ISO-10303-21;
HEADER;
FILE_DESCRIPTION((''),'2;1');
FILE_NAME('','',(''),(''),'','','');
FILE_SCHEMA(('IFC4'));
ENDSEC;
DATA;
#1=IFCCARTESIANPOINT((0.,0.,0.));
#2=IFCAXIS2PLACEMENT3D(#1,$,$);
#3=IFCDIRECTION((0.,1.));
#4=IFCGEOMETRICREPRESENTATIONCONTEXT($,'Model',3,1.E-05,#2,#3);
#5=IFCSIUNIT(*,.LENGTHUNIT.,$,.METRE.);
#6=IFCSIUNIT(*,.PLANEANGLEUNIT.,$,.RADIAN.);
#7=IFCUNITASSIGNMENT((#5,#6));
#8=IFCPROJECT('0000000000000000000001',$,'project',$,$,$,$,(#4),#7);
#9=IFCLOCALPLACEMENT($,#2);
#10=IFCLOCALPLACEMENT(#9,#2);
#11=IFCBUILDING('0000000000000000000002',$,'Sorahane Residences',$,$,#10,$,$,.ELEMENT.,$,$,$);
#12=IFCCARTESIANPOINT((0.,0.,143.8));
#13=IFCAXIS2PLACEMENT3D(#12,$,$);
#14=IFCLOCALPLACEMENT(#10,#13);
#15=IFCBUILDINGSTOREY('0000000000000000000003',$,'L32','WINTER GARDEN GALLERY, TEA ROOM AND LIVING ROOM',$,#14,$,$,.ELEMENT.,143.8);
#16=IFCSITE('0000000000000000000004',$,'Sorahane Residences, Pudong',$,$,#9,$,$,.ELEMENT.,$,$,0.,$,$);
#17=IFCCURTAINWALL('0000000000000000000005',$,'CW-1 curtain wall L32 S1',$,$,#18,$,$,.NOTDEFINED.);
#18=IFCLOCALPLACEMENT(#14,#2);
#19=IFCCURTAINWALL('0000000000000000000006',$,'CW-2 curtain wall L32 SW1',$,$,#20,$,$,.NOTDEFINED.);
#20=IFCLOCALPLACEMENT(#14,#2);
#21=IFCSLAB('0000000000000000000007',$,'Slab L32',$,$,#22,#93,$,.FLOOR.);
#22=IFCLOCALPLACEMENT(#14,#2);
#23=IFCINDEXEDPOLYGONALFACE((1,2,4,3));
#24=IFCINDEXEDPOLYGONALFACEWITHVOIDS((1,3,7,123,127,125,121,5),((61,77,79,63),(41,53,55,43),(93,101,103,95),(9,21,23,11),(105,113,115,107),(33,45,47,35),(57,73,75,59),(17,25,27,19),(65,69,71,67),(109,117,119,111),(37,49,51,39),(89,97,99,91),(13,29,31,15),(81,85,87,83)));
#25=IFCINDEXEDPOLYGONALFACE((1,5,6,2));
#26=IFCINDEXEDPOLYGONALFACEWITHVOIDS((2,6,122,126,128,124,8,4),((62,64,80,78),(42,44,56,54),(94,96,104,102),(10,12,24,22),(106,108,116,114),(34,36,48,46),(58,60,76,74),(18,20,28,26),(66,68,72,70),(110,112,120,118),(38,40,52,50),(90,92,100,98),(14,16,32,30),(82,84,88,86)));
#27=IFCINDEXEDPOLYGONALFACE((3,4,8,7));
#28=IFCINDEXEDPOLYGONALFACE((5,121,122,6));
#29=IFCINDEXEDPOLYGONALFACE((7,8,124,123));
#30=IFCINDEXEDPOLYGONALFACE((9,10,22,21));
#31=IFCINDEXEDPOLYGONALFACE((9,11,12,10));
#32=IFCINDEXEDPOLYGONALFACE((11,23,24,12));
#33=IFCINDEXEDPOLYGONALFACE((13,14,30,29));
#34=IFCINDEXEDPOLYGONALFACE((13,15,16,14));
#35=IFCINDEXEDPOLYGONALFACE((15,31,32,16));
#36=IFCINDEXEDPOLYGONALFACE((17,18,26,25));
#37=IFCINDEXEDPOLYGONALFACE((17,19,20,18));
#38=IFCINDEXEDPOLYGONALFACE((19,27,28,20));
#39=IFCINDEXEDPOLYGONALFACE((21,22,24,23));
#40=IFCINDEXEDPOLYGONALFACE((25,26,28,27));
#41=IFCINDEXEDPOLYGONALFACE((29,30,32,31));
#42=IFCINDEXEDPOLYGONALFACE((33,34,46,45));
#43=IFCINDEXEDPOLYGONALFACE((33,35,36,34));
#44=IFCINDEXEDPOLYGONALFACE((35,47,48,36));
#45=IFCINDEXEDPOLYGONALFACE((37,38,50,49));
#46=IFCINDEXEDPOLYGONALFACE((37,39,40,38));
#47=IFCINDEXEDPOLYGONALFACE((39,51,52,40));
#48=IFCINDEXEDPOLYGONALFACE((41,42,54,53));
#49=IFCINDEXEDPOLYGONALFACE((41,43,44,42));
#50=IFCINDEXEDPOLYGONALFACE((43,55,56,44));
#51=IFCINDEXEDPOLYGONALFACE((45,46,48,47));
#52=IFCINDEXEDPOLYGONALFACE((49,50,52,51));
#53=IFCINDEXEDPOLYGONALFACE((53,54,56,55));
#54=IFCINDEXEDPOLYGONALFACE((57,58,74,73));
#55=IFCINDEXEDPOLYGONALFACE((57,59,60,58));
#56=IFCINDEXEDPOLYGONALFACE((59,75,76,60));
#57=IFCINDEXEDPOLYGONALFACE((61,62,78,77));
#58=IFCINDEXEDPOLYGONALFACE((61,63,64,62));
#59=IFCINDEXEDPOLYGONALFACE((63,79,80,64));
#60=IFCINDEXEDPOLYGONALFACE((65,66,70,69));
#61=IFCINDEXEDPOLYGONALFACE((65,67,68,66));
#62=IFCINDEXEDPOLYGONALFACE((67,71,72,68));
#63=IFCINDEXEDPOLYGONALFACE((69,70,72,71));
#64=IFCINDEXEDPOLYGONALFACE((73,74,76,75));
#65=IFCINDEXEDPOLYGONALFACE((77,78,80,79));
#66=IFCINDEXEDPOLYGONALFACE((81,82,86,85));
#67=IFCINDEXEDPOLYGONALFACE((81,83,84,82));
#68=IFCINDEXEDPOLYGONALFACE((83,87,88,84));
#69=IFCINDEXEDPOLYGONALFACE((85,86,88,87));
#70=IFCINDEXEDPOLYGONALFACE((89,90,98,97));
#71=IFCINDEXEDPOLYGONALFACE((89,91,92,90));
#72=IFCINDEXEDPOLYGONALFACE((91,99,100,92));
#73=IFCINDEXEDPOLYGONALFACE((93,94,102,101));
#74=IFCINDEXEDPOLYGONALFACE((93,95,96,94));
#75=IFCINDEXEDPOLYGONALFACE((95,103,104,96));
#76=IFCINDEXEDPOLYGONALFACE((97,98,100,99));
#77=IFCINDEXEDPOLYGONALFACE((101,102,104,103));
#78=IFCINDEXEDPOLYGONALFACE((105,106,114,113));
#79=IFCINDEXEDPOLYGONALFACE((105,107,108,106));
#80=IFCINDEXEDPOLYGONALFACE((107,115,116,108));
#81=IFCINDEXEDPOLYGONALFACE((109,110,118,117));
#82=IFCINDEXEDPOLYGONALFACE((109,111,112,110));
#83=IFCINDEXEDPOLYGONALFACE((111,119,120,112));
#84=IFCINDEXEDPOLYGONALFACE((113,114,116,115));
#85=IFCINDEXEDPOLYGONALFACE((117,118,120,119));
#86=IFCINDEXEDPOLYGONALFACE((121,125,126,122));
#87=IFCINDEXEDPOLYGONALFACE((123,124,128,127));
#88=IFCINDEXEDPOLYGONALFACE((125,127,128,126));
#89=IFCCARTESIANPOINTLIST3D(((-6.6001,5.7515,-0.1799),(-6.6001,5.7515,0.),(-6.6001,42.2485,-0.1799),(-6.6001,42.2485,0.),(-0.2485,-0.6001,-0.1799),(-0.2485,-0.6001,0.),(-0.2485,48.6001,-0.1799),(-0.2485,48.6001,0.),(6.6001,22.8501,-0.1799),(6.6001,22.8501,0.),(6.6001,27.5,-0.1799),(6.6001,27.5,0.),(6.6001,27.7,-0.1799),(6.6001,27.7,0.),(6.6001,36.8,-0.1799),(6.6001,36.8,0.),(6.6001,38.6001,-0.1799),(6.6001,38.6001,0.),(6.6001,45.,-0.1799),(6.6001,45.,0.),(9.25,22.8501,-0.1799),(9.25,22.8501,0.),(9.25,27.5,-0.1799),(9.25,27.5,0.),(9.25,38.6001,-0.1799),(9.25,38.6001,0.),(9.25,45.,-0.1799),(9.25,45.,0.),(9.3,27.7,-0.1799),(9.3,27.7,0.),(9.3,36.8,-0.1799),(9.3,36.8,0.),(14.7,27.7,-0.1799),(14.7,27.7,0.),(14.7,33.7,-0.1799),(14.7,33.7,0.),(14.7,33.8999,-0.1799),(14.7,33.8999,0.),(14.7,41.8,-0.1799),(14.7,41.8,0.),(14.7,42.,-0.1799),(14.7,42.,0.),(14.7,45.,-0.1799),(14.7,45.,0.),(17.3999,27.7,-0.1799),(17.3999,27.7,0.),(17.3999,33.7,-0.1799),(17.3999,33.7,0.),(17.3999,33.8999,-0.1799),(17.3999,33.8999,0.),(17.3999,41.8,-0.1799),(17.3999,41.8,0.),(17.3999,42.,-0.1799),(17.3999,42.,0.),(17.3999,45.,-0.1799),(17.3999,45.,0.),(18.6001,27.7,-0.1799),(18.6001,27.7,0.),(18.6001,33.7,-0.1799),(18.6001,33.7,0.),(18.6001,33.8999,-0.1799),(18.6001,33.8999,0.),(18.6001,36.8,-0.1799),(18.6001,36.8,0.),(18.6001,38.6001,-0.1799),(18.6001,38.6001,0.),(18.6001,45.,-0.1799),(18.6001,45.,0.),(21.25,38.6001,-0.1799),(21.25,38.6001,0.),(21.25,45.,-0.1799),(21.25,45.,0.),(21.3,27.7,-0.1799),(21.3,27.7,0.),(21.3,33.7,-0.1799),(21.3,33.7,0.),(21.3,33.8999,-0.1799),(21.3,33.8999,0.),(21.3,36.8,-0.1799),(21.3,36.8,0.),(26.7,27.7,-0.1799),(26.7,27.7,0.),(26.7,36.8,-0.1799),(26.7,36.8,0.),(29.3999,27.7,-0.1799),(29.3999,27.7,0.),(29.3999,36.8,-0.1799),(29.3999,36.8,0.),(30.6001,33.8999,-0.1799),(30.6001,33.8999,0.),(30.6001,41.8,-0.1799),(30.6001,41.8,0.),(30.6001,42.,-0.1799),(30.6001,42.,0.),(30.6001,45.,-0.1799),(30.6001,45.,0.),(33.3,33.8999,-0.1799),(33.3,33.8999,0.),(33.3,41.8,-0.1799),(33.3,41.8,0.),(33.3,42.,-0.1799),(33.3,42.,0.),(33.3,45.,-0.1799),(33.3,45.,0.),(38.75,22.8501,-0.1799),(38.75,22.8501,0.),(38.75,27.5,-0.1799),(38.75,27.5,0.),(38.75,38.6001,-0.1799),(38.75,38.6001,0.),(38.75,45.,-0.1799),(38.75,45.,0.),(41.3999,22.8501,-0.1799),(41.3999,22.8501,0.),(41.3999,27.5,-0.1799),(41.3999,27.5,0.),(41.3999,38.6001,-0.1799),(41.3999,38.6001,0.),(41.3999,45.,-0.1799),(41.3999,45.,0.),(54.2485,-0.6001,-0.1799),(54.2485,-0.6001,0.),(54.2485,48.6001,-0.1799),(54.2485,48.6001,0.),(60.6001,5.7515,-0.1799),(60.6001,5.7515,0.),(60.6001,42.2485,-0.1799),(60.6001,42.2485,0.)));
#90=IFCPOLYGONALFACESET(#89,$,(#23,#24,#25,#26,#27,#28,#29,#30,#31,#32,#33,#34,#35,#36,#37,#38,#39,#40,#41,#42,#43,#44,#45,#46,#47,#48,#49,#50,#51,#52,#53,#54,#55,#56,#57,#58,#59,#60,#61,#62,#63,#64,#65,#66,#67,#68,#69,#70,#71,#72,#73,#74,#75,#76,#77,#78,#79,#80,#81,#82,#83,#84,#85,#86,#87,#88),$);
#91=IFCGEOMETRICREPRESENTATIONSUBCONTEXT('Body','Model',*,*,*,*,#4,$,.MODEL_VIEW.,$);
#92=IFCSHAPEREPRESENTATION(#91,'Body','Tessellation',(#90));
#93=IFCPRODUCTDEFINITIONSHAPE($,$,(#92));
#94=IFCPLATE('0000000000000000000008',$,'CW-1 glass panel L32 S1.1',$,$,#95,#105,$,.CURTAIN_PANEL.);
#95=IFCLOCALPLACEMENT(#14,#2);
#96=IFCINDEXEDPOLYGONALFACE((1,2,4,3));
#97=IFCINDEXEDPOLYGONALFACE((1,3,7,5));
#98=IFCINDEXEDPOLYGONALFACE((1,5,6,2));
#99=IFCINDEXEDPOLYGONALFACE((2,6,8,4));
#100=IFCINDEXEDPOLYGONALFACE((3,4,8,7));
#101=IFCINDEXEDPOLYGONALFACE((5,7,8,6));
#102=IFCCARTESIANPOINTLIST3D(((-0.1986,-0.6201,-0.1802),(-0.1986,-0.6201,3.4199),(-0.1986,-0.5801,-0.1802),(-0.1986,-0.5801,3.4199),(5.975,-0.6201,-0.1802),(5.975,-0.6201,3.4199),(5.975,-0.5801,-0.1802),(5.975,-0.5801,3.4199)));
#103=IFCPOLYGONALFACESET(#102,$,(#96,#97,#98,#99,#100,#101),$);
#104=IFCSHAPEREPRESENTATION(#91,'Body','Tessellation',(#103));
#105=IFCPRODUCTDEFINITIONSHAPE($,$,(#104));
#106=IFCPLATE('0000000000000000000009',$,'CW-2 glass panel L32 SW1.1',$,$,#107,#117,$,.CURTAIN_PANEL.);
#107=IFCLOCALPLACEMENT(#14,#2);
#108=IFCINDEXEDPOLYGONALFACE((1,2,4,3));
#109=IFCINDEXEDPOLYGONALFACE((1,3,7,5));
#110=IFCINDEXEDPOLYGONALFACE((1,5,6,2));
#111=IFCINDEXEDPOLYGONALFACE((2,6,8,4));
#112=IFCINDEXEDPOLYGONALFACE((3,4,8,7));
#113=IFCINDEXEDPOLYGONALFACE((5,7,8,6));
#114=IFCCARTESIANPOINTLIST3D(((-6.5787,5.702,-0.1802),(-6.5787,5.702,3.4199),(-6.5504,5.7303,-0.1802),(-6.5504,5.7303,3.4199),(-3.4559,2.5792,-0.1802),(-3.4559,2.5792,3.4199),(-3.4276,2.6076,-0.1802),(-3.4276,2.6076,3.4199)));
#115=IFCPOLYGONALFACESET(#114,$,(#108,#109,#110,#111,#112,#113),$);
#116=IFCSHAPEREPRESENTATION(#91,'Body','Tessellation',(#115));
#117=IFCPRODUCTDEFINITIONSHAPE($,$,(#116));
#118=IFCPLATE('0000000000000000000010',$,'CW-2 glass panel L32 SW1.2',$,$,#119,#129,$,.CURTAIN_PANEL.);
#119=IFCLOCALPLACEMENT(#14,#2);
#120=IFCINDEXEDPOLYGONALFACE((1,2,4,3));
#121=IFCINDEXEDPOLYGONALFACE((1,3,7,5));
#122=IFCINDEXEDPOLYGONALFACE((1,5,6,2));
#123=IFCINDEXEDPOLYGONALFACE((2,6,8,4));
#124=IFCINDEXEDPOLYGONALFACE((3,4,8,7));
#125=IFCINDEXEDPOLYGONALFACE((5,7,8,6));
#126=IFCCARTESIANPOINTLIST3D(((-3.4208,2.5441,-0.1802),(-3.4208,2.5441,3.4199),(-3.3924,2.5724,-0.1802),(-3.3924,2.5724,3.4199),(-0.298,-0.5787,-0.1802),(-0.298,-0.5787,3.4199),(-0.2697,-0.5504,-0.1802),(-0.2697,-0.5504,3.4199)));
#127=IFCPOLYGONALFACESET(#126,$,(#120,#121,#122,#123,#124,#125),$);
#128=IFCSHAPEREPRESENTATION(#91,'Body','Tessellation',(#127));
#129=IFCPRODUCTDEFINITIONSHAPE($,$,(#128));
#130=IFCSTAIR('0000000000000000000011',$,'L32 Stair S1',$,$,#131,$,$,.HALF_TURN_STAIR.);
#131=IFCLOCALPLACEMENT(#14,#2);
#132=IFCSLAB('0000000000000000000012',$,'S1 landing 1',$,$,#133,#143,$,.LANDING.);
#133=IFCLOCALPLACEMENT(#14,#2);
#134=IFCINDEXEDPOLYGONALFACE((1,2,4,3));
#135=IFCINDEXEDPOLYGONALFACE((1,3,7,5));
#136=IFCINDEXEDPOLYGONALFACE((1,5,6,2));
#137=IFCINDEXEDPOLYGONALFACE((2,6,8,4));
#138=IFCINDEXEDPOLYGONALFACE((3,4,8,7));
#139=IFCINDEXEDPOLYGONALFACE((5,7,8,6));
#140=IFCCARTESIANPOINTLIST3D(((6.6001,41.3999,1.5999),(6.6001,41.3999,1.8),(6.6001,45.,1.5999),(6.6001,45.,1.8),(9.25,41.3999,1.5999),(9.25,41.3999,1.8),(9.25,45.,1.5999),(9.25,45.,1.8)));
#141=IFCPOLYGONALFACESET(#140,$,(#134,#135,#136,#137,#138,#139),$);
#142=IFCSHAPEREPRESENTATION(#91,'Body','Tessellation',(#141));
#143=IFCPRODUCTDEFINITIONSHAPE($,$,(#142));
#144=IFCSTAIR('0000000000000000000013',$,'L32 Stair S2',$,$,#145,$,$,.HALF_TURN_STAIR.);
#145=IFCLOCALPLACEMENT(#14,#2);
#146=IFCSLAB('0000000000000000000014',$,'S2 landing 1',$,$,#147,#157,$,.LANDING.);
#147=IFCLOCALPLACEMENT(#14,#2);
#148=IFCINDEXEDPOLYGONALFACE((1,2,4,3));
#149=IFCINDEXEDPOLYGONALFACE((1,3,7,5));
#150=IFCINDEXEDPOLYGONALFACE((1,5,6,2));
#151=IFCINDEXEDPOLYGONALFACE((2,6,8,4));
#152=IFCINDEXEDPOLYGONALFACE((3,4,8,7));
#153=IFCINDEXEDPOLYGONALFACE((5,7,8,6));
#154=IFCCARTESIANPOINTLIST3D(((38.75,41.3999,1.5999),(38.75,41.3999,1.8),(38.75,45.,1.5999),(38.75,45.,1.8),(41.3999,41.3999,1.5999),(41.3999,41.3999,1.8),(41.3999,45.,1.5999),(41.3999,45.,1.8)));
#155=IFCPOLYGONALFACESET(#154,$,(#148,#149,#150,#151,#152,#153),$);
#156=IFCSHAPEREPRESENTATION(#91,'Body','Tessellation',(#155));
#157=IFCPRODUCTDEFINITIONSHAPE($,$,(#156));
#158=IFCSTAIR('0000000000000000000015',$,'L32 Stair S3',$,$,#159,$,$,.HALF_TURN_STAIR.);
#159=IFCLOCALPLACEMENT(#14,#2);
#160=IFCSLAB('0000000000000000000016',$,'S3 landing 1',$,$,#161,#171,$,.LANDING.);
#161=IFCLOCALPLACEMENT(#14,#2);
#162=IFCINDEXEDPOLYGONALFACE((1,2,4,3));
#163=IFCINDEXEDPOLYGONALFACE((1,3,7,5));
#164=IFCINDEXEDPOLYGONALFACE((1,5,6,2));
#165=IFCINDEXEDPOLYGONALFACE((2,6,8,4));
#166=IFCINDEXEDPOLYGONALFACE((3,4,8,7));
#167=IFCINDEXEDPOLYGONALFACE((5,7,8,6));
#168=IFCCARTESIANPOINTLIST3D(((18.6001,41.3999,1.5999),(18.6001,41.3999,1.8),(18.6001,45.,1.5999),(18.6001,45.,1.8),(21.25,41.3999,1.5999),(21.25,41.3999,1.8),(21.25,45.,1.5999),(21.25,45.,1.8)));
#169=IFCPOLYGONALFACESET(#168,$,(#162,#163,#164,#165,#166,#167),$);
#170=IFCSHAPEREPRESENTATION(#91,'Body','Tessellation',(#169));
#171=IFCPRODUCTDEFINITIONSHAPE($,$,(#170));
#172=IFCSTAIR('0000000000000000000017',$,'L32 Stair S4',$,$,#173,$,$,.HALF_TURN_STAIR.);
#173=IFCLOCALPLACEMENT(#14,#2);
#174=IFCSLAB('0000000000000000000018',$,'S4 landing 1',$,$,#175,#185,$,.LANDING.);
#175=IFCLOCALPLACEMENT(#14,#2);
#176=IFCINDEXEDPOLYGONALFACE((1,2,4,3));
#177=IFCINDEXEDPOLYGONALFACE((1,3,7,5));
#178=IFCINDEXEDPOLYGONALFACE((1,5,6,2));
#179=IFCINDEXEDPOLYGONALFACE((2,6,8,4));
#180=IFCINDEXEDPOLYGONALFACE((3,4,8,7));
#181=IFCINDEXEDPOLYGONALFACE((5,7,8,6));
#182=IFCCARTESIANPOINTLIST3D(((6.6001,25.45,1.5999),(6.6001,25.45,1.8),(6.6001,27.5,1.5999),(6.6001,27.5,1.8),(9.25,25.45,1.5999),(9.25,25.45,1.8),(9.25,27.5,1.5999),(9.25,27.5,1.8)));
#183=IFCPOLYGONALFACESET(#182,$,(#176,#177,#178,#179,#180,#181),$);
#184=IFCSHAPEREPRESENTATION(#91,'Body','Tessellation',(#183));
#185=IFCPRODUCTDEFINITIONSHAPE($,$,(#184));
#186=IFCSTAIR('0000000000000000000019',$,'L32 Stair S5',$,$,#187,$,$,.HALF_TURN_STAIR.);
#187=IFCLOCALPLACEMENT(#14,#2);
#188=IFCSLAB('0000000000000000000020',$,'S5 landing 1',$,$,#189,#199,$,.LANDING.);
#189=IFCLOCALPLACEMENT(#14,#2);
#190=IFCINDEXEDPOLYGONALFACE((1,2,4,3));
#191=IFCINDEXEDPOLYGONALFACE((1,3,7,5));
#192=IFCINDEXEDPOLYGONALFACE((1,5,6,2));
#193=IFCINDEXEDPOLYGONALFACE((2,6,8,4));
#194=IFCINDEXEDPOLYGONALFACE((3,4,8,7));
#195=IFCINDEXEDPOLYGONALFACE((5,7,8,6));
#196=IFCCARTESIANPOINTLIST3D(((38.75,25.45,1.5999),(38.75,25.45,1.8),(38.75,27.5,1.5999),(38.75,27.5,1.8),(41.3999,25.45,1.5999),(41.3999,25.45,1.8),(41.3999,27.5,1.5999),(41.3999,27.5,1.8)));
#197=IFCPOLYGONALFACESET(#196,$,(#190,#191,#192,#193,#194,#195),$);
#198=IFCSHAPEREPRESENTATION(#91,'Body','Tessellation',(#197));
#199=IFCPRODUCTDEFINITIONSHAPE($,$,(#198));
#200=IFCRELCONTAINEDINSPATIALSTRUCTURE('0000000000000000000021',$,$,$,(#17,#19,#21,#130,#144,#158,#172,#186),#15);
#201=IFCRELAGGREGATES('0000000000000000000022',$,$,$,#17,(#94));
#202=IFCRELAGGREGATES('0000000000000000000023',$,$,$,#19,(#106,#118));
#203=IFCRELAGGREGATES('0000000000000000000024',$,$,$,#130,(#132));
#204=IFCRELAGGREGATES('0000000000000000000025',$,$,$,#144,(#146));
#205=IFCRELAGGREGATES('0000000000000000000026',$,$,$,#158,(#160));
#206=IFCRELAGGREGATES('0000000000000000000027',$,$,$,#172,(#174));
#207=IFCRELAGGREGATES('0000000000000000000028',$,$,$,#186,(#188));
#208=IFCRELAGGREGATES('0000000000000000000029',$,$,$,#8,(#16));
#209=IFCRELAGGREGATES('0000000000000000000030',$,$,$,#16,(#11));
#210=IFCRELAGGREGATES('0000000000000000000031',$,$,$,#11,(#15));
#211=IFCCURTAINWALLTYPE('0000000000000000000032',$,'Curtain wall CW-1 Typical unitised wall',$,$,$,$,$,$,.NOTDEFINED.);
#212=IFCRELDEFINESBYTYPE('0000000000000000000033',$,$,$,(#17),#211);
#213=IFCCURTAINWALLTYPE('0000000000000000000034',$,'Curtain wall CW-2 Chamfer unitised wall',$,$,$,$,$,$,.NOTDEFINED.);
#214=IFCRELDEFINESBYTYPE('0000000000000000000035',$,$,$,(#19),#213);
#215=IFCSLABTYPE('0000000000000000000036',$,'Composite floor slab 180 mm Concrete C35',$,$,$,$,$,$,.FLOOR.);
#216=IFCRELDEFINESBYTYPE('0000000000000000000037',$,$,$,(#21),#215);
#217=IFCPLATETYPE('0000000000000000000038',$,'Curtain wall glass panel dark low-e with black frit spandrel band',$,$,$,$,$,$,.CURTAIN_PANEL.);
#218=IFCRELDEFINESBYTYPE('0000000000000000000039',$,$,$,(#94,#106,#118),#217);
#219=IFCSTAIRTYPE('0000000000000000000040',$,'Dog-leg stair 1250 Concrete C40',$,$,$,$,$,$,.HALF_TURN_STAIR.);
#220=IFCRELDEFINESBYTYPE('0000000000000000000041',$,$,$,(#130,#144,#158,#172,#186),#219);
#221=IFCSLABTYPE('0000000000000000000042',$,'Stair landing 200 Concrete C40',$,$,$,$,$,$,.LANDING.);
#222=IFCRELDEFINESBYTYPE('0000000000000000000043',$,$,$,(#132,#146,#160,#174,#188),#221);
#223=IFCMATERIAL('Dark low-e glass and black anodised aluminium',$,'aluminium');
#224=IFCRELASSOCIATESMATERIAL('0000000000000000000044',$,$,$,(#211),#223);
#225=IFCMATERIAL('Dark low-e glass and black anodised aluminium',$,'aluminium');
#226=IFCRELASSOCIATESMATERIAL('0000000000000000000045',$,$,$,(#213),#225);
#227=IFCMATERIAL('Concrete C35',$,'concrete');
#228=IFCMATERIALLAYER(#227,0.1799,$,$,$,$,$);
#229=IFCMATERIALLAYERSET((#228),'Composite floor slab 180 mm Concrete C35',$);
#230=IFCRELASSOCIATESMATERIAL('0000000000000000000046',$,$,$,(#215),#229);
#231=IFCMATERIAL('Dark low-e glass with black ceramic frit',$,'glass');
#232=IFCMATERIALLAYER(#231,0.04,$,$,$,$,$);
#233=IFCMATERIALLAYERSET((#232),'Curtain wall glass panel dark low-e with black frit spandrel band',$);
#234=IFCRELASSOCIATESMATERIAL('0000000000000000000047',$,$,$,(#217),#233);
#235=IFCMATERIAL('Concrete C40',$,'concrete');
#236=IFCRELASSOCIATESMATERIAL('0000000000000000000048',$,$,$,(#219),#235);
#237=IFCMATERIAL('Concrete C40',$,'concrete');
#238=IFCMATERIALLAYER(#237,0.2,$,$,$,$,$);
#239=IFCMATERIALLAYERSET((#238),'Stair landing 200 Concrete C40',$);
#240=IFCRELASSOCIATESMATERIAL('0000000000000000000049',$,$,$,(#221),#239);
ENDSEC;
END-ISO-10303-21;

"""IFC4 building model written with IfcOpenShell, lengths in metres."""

from ifc_helpers import new_model, si_unit, direction, frame, origin, origin_2d, place, context, subcontext, project, spatial, polyline, rectangle, outline, extrude, material, layer, layer_set, type_object, element, aggregate, save


model = new_model("IFC4")

# Units and contexts
model_context = context("Model", 3, precision=1e-05, world=origin(), true_north=direction((0.0, 1.0)))
body_context = subcontext(model_context, "Body", "Model", "MODEL_VIEW")
ifc_project = project(units=[si_unit("LENGTHUNIT", "METRE"), si_unit("PLANEANGLEUNIT", "RADIAN")], contexts=[model_context])

# Site, building, storey
site_placement = place(None, origin())
site = spatial("IfcSite", under=ifc_project, at=site_placement, Name="Sorahane Residences, Pudong", CompositionType="ELEMENT", RefElevation=0.0)
building_placement = place(site_placement, origin())
building = spatial("IfcBuilding", under=site, at=building_placement, Name="Sorahane Residences", CompositionType="ELEMENT")
storey_placement = place(building_placement, frame((0.0, 0.0, 143.8)))
storey = spatial("IfcBuildingStorey", under=building, at=storey_placement, Name="L32", Description="WINTER GARDEN GALLERY, TEA ROOM AND LIVING ROOM", CompositionType="ELEMENT", Elevation=143.8)

# Curtain wall
ifc_material_1 = material(Name="Dark low-e glass and black anodised aluminium", Category="aluminium")
curtain_wall_type_1 = type_object("IfcCurtainWallType", Name="Curtain wall CW-1 Typical unitised wall", PredefinedType="NOTDEFINED", material=ifc_material_1)
curtain_wall_1_placement = place(storey_placement, origin())
curtain_wall_1 = element("IfcCurtainWall", 1, at=curtain_wall_1_placement, inside=storey, type_object=curtain_wall_type_1, Name="CW-1 curtain wall L32 S1", PredefinedType="NOTDEFINED")

# Curtain wall
ifc_material_2 = material(Name="Dark low-e glass and black anodised aluminium", Category="aluminium")
curtain_wall_type_2 = type_object("IfcCurtainWallType", Name="Curtain wall CW-2 Chamfer unitised wall", PredefinedType="NOTDEFINED", material=ifc_material_2)
curtain_wall_2_placement = place(storey_placement, origin())
curtain_wall_2 = element("IfcCurtainWall", 2, at=curtain_wall_2_placement, inside=storey, type_object=curtain_wall_type_2, Name="CW-2 curtain wall L32 SW1", PredefinedType="NOTDEFINED")

# Slab
ifc_material_3 = material(Name="Concrete C35", Category="concrete")
ifc_layer_1 = layer(ifc_material_3, 0.1799)
ifc_layer_set_1 = layer_set([ifc_layer_1], Name="Composite floor slab 180 mm Concrete C35")
slab_type_1 = type_object("IfcSlabType", Name="Composite floor slab 180 mm Concrete C35", PredefinedType="FLOOR", material=ifc_layer_set_1)
slab_1_placement = place(storey_placement, frame((0.0, 0.0, -0.1799)))
element("IfcSlab", 3, at=slab_1_placement, inside=storey, type_object=slab_type_1, Name="Slab L32", PredefinedType="FLOOR", context=body_context, shape_type="SweptSolid", body=[
    extrude(outline(polyline([(-0.2485, -0.6001), (-6.6001, 5.7515), (-6.6001, 42.2485), (-0.2485, 48.6001), (54.2485, 48.6001), (60.6001, 42.2485), (60.6001, 5.7515), (54.2485, -0.6001), (-0.2485, -0.6001)]), holes=[polyline([(18.6001, 27.7), (21.3, 27.7), (21.3, 33.7), (18.6001, 33.7), (18.6001, 27.7)]), polyline([(30.6001, 42.0), (33.3, 42.0), (33.3, 45.0), (30.6001, 45.0), (30.6001, 42.0)]), polyline([(14.7, 27.7), (17.3999, 27.7), (17.3999, 33.7), (14.7, 33.7), (14.7, 27.7)]), polyline([(14.7, 42.0), (17.3999, 42.0), (17.3999, 45.0), (14.7, 45.0), (14.7, 42.0)]), polyline([(6.6001, 27.7), (9.3, 27.7), (9.3, 36.8), (6.6001, 36.8), (6.6001, 27.7)]), polyline([(9.25, 38.6001), (9.25, 45.0), (6.6001, 45.0), (6.6001, 38.6001), (9.25, 38.6001)]), polyline([(41.3999, 38.6001), (41.3999, 45.0), (38.75, 45.0), (38.75, 38.6001), (41.3999, 38.6001)]), polyline([(21.25, 38.6001), (21.25, 45.0), (18.6001, 45.0), (18.6001, 38.6001), (21.25, 38.6001)]), polyline([(9.25, 22.8501), (9.25, 27.5), (6.6001, 27.5), (6.6001, 22.8501), (9.25, 22.8501)]), polyline([(41.3999, 22.8501), (41.3999, 27.5), (38.75, 27.5), (38.75, 22.8501), (41.3999, 22.8501)]), polyline([(14.7, 33.8999), (17.3999, 33.8999), (17.3999, 41.8), (14.7, 41.8), (14.7, 33.8999)]), polyline([(30.6001, 33.8999), (33.3, 33.8999), (33.3, 41.8), (30.6001, 41.8), (30.6001, 33.8999)]), polyline([(18.6001, 33.8999), (21.3, 33.8999), (21.3, 36.8), (18.6001, 36.8), (18.6001, 33.8999)]), polyline([(26.7, 27.7), (29.3999, 27.7), (29.3999, 36.8), (26.7, 36.8), (26.7, 27.7)])]), origin(), (0.0, 0.0, 1.0), 0.1799),
])

# Plates
ifc_material_4 = material(Name="Dark low-e glass with black ceramic frit", Category="glass")
ifc_layer_2 = layer(ifc_material_4, 0.04)
ifc_layer_set_2 = layer_set([ifc_layer_2], Name="Curtain wall glass panel dark low-e with black frit spandrel band")
plate_type = type_object("IfcPlateType", Name="Curtain wall glass panel dark low-e with black frit spandrel band", PredefinedType="CURTAIN_PANEL", material=ifc_layer_set_2)
plate_1_placement = place(storey_placement, frame((2.8882, -0.6001, -0.1802), z_axis=(0.0, 0.0, 1.0), x_axis=(1.0, 0.0, 0.0)))
plate_1 = element("IfcPlate", 4, at=plate_1_placement, type_object=plate_type, Name="CW-1 glass panel L32 S1.1", PredefinedType="CURTAIN_PANEL", context=body_context, shape_type="SweptSolid", body=[
    extrude(rectangle(XDim=6.1736, YDim=0.04, at=origin_2d()), origin(), (0.0, 0.0, 1.0), 3.6001),
])
aggregate(curtain_wall_1, [plate_1])
plate_2_placement = place(storey_placement, frame((-5.0032, 4.1548, -0.1802), z_axis=(0.0, 0.0, 1.0), x_axis=(0.707107, -0.707107, 0.0)))
plate_2 = element("IfcPlate", 5, at=plate_2_placement, type_object=plate_type, Name="CW-2 glass panel L32 SW1.1", PredefinedType="CURTAIN_PANEL", context=body_context, shape_type="SweptSolid", body=[
    extrude(rectangle(XDim=4.4163, YDim=0.04, at=origin_2d()), origin(), (0.0, 0.0, 1.0), 3.6001),
])
plate_3_placement = place(storey_placement, frame((-1.8452, 0.9968, -0.1802), z_axis=(0.0, 0.0, 1.0), x_axis=(0.707107, -0.707107, 0.0)))
plate_3 = element("IfcPlate", 6, at=plate_3_placement, type_object=plate_type, Name="CW-2 glass panel L32 SW1.2", PredefinedType="CURTAIN_PANEL", context=body_context, shape_type="SweptSolid", body=[
    extrude(rectangle(XDim=4.4163, YDim=0.04, at=origin_2d()), origin(), (0.0, 0.0, 1.0), 3.6001),
])
aggregate(curtain_wall_2, [plate_2, plate_3])

# Stairs, slabs
ifc_material_5 = material(Name="Concrete C40", Category="concrete")
stair_type = type_object("IfcStairType", Name="Dog-leg stair 1250 Concrete C40", PredefinedType="HALF_TURN_STAIR", material=ifc_material_5)
stair_1_placement = place(storey_placement, origin())
stair_1 = element("IfcStair", 7, at=stair_1_placement, inside=storey, type_object=stair_type, Name="L32 Stair S1", PredefinedType="HALF_TURN_STAIR")
ifc_material_6 = material(Name="Concrete C40", Category="concrete")
ifc_layer_3 = layer(ifc_material_6, 0.2)
ifc_layer_set_3 = layer_set([ifc_layer_3], Name="Stair landing 200 Concrete C40")
slab_type_2 = type_object("IfcSlabType", Name="Stair landing 200 Concrete C40", PredefinedType="LANDING", material=ifc_layer_set_3)
slab_2_placement = place(storey_placement, frame((0.0, 0.0, 1.5999)))
slab_2 = element("IfcSlab", 8, at=slab_2_placement, type_object=slab_type_2, Name="S1 landing 1", PredefinedType="LANDING", context=body_context, shape_type="SweptSolid", body=[
    extrude(outline(polyline([(9.25, 41.3999), (9.25, 45.0), (6.6001, 45.0), (6.6001, 41.3999), (9.25, 41.3999)])), origin(), (0.0, 0.0, 1.0), 0.2002),
])
aggregate(stair_1, [slab_2])
stair_2_placement = place(storey_placement, origin())
stair_2 = element("IfcStair", 9, at=stair_2_placement, inside=storey, type_object=stair_type, Name="L32 Stair S2", PredefinedType="HALF_TURN_STAIR")
slab_3_placement = place(storey_placement, frame((0.0, 0.0, 1.5999)))
slab_3 = element("IfcSlab", 10, at=slab_3_placement, type_object=slab_type_2, Name="S2 landing 1", PredefinedType="LANDING", context=body_context, shape_type="SweptSolid", body=[
    extrude(outline(polyline([(41.3999, 41.3999), (41.3999, 45.0), (38.75, 45.0), (38.75, 41.3999), (41.3999, 41.3999)])), origin(), (0.0, 0.0, 1.0), 0.2002),
])
aggregate(stair_2, [slab_3])
stair_3_placement = place(storey_placement, origin())
stair_3 = element("IfcStair", 11, at=stair_3_placement, inside=storey, type_object=stair_type, Name="L32 Stair S3", PredefinedType="HALF_TURN_STAIR")
slab_4_placement = place(storey_placement, frame((0.0, 0.0, 1.5999)))
slab_4 = element("IfcSlab", 12, at=slab_4_placement, type_object=slab_type_2, Name="S3 landing 1", PredefinedType="LANDING", context=body_context, shape_type="SweptSolid", body=[
    extrude(outline(polyline([(21.25, 41.3999), (21.25, 45.0), (18.6001, 45.0), (18.6001, 41.3999), (21.25, 41.3999)])), origin(), (0.0, 0.0, 1.0), 0.2002),
])
aggregate(stair_3, [slab_4])
stair_4_placement = place(storey_placement, origin())
stair_4 = element("IfcStair", 13, at=stair_4_placement, inside=storey, type_object=stair_type, Name="L32 Stair S4", PredefinedType="HALF_TURN_STAIR")
slab_5_placement = place(storey_placement, frame((0.0, 0.0, 1.5999)))
slab_5 = element("IfcSlab", 14, at=slab_5_placement, type_object=slab_type_2, Name="S4 landing 1", PredefinedType="LANDING", context=body_context, shape_type="SweptSolid", body=[
    extrude(outline(polyline([(9.25, 25.45), (9.25, 27.5), (6.6001, 27.5), (6.6001, 25.45), (9.25, 25.45)])), origin(), (0.0, 0.0, 1.0), 0.2002),
])
aggregate(stair_4, [slab_5])
stair_5_placement = place(storey_placement, origin())
stair_5 = element("IfcStair", 15, at=stair_5_placement, inside=storey, type_object=stair_type, Name="L32 Stair S5", PredefinedType="HALF_TURN_STAIR")
slab_6_placement = place(storey_placement, frame((0.0, 0.0, 1.5999)))
slab_6 = element("IfcSlab", 16, at=slab_6_placement, type_object=slab_type_2, Name="S5 landing 1", PredefinedType="LANDING", context=body_context, shape_type="SweptSolid", body=[
    extrude(outline(polyline([(41.3999, 25.45), (41.3999, 27.5), (38.75, 27.5), (38.75, 25.45), (41.3999, 25.45)])), origin(), (0.0, 0.0, 1.0), 0.2002),
])
aggregate(stair_5, [slab_6])

save(model, "model.ifc")
